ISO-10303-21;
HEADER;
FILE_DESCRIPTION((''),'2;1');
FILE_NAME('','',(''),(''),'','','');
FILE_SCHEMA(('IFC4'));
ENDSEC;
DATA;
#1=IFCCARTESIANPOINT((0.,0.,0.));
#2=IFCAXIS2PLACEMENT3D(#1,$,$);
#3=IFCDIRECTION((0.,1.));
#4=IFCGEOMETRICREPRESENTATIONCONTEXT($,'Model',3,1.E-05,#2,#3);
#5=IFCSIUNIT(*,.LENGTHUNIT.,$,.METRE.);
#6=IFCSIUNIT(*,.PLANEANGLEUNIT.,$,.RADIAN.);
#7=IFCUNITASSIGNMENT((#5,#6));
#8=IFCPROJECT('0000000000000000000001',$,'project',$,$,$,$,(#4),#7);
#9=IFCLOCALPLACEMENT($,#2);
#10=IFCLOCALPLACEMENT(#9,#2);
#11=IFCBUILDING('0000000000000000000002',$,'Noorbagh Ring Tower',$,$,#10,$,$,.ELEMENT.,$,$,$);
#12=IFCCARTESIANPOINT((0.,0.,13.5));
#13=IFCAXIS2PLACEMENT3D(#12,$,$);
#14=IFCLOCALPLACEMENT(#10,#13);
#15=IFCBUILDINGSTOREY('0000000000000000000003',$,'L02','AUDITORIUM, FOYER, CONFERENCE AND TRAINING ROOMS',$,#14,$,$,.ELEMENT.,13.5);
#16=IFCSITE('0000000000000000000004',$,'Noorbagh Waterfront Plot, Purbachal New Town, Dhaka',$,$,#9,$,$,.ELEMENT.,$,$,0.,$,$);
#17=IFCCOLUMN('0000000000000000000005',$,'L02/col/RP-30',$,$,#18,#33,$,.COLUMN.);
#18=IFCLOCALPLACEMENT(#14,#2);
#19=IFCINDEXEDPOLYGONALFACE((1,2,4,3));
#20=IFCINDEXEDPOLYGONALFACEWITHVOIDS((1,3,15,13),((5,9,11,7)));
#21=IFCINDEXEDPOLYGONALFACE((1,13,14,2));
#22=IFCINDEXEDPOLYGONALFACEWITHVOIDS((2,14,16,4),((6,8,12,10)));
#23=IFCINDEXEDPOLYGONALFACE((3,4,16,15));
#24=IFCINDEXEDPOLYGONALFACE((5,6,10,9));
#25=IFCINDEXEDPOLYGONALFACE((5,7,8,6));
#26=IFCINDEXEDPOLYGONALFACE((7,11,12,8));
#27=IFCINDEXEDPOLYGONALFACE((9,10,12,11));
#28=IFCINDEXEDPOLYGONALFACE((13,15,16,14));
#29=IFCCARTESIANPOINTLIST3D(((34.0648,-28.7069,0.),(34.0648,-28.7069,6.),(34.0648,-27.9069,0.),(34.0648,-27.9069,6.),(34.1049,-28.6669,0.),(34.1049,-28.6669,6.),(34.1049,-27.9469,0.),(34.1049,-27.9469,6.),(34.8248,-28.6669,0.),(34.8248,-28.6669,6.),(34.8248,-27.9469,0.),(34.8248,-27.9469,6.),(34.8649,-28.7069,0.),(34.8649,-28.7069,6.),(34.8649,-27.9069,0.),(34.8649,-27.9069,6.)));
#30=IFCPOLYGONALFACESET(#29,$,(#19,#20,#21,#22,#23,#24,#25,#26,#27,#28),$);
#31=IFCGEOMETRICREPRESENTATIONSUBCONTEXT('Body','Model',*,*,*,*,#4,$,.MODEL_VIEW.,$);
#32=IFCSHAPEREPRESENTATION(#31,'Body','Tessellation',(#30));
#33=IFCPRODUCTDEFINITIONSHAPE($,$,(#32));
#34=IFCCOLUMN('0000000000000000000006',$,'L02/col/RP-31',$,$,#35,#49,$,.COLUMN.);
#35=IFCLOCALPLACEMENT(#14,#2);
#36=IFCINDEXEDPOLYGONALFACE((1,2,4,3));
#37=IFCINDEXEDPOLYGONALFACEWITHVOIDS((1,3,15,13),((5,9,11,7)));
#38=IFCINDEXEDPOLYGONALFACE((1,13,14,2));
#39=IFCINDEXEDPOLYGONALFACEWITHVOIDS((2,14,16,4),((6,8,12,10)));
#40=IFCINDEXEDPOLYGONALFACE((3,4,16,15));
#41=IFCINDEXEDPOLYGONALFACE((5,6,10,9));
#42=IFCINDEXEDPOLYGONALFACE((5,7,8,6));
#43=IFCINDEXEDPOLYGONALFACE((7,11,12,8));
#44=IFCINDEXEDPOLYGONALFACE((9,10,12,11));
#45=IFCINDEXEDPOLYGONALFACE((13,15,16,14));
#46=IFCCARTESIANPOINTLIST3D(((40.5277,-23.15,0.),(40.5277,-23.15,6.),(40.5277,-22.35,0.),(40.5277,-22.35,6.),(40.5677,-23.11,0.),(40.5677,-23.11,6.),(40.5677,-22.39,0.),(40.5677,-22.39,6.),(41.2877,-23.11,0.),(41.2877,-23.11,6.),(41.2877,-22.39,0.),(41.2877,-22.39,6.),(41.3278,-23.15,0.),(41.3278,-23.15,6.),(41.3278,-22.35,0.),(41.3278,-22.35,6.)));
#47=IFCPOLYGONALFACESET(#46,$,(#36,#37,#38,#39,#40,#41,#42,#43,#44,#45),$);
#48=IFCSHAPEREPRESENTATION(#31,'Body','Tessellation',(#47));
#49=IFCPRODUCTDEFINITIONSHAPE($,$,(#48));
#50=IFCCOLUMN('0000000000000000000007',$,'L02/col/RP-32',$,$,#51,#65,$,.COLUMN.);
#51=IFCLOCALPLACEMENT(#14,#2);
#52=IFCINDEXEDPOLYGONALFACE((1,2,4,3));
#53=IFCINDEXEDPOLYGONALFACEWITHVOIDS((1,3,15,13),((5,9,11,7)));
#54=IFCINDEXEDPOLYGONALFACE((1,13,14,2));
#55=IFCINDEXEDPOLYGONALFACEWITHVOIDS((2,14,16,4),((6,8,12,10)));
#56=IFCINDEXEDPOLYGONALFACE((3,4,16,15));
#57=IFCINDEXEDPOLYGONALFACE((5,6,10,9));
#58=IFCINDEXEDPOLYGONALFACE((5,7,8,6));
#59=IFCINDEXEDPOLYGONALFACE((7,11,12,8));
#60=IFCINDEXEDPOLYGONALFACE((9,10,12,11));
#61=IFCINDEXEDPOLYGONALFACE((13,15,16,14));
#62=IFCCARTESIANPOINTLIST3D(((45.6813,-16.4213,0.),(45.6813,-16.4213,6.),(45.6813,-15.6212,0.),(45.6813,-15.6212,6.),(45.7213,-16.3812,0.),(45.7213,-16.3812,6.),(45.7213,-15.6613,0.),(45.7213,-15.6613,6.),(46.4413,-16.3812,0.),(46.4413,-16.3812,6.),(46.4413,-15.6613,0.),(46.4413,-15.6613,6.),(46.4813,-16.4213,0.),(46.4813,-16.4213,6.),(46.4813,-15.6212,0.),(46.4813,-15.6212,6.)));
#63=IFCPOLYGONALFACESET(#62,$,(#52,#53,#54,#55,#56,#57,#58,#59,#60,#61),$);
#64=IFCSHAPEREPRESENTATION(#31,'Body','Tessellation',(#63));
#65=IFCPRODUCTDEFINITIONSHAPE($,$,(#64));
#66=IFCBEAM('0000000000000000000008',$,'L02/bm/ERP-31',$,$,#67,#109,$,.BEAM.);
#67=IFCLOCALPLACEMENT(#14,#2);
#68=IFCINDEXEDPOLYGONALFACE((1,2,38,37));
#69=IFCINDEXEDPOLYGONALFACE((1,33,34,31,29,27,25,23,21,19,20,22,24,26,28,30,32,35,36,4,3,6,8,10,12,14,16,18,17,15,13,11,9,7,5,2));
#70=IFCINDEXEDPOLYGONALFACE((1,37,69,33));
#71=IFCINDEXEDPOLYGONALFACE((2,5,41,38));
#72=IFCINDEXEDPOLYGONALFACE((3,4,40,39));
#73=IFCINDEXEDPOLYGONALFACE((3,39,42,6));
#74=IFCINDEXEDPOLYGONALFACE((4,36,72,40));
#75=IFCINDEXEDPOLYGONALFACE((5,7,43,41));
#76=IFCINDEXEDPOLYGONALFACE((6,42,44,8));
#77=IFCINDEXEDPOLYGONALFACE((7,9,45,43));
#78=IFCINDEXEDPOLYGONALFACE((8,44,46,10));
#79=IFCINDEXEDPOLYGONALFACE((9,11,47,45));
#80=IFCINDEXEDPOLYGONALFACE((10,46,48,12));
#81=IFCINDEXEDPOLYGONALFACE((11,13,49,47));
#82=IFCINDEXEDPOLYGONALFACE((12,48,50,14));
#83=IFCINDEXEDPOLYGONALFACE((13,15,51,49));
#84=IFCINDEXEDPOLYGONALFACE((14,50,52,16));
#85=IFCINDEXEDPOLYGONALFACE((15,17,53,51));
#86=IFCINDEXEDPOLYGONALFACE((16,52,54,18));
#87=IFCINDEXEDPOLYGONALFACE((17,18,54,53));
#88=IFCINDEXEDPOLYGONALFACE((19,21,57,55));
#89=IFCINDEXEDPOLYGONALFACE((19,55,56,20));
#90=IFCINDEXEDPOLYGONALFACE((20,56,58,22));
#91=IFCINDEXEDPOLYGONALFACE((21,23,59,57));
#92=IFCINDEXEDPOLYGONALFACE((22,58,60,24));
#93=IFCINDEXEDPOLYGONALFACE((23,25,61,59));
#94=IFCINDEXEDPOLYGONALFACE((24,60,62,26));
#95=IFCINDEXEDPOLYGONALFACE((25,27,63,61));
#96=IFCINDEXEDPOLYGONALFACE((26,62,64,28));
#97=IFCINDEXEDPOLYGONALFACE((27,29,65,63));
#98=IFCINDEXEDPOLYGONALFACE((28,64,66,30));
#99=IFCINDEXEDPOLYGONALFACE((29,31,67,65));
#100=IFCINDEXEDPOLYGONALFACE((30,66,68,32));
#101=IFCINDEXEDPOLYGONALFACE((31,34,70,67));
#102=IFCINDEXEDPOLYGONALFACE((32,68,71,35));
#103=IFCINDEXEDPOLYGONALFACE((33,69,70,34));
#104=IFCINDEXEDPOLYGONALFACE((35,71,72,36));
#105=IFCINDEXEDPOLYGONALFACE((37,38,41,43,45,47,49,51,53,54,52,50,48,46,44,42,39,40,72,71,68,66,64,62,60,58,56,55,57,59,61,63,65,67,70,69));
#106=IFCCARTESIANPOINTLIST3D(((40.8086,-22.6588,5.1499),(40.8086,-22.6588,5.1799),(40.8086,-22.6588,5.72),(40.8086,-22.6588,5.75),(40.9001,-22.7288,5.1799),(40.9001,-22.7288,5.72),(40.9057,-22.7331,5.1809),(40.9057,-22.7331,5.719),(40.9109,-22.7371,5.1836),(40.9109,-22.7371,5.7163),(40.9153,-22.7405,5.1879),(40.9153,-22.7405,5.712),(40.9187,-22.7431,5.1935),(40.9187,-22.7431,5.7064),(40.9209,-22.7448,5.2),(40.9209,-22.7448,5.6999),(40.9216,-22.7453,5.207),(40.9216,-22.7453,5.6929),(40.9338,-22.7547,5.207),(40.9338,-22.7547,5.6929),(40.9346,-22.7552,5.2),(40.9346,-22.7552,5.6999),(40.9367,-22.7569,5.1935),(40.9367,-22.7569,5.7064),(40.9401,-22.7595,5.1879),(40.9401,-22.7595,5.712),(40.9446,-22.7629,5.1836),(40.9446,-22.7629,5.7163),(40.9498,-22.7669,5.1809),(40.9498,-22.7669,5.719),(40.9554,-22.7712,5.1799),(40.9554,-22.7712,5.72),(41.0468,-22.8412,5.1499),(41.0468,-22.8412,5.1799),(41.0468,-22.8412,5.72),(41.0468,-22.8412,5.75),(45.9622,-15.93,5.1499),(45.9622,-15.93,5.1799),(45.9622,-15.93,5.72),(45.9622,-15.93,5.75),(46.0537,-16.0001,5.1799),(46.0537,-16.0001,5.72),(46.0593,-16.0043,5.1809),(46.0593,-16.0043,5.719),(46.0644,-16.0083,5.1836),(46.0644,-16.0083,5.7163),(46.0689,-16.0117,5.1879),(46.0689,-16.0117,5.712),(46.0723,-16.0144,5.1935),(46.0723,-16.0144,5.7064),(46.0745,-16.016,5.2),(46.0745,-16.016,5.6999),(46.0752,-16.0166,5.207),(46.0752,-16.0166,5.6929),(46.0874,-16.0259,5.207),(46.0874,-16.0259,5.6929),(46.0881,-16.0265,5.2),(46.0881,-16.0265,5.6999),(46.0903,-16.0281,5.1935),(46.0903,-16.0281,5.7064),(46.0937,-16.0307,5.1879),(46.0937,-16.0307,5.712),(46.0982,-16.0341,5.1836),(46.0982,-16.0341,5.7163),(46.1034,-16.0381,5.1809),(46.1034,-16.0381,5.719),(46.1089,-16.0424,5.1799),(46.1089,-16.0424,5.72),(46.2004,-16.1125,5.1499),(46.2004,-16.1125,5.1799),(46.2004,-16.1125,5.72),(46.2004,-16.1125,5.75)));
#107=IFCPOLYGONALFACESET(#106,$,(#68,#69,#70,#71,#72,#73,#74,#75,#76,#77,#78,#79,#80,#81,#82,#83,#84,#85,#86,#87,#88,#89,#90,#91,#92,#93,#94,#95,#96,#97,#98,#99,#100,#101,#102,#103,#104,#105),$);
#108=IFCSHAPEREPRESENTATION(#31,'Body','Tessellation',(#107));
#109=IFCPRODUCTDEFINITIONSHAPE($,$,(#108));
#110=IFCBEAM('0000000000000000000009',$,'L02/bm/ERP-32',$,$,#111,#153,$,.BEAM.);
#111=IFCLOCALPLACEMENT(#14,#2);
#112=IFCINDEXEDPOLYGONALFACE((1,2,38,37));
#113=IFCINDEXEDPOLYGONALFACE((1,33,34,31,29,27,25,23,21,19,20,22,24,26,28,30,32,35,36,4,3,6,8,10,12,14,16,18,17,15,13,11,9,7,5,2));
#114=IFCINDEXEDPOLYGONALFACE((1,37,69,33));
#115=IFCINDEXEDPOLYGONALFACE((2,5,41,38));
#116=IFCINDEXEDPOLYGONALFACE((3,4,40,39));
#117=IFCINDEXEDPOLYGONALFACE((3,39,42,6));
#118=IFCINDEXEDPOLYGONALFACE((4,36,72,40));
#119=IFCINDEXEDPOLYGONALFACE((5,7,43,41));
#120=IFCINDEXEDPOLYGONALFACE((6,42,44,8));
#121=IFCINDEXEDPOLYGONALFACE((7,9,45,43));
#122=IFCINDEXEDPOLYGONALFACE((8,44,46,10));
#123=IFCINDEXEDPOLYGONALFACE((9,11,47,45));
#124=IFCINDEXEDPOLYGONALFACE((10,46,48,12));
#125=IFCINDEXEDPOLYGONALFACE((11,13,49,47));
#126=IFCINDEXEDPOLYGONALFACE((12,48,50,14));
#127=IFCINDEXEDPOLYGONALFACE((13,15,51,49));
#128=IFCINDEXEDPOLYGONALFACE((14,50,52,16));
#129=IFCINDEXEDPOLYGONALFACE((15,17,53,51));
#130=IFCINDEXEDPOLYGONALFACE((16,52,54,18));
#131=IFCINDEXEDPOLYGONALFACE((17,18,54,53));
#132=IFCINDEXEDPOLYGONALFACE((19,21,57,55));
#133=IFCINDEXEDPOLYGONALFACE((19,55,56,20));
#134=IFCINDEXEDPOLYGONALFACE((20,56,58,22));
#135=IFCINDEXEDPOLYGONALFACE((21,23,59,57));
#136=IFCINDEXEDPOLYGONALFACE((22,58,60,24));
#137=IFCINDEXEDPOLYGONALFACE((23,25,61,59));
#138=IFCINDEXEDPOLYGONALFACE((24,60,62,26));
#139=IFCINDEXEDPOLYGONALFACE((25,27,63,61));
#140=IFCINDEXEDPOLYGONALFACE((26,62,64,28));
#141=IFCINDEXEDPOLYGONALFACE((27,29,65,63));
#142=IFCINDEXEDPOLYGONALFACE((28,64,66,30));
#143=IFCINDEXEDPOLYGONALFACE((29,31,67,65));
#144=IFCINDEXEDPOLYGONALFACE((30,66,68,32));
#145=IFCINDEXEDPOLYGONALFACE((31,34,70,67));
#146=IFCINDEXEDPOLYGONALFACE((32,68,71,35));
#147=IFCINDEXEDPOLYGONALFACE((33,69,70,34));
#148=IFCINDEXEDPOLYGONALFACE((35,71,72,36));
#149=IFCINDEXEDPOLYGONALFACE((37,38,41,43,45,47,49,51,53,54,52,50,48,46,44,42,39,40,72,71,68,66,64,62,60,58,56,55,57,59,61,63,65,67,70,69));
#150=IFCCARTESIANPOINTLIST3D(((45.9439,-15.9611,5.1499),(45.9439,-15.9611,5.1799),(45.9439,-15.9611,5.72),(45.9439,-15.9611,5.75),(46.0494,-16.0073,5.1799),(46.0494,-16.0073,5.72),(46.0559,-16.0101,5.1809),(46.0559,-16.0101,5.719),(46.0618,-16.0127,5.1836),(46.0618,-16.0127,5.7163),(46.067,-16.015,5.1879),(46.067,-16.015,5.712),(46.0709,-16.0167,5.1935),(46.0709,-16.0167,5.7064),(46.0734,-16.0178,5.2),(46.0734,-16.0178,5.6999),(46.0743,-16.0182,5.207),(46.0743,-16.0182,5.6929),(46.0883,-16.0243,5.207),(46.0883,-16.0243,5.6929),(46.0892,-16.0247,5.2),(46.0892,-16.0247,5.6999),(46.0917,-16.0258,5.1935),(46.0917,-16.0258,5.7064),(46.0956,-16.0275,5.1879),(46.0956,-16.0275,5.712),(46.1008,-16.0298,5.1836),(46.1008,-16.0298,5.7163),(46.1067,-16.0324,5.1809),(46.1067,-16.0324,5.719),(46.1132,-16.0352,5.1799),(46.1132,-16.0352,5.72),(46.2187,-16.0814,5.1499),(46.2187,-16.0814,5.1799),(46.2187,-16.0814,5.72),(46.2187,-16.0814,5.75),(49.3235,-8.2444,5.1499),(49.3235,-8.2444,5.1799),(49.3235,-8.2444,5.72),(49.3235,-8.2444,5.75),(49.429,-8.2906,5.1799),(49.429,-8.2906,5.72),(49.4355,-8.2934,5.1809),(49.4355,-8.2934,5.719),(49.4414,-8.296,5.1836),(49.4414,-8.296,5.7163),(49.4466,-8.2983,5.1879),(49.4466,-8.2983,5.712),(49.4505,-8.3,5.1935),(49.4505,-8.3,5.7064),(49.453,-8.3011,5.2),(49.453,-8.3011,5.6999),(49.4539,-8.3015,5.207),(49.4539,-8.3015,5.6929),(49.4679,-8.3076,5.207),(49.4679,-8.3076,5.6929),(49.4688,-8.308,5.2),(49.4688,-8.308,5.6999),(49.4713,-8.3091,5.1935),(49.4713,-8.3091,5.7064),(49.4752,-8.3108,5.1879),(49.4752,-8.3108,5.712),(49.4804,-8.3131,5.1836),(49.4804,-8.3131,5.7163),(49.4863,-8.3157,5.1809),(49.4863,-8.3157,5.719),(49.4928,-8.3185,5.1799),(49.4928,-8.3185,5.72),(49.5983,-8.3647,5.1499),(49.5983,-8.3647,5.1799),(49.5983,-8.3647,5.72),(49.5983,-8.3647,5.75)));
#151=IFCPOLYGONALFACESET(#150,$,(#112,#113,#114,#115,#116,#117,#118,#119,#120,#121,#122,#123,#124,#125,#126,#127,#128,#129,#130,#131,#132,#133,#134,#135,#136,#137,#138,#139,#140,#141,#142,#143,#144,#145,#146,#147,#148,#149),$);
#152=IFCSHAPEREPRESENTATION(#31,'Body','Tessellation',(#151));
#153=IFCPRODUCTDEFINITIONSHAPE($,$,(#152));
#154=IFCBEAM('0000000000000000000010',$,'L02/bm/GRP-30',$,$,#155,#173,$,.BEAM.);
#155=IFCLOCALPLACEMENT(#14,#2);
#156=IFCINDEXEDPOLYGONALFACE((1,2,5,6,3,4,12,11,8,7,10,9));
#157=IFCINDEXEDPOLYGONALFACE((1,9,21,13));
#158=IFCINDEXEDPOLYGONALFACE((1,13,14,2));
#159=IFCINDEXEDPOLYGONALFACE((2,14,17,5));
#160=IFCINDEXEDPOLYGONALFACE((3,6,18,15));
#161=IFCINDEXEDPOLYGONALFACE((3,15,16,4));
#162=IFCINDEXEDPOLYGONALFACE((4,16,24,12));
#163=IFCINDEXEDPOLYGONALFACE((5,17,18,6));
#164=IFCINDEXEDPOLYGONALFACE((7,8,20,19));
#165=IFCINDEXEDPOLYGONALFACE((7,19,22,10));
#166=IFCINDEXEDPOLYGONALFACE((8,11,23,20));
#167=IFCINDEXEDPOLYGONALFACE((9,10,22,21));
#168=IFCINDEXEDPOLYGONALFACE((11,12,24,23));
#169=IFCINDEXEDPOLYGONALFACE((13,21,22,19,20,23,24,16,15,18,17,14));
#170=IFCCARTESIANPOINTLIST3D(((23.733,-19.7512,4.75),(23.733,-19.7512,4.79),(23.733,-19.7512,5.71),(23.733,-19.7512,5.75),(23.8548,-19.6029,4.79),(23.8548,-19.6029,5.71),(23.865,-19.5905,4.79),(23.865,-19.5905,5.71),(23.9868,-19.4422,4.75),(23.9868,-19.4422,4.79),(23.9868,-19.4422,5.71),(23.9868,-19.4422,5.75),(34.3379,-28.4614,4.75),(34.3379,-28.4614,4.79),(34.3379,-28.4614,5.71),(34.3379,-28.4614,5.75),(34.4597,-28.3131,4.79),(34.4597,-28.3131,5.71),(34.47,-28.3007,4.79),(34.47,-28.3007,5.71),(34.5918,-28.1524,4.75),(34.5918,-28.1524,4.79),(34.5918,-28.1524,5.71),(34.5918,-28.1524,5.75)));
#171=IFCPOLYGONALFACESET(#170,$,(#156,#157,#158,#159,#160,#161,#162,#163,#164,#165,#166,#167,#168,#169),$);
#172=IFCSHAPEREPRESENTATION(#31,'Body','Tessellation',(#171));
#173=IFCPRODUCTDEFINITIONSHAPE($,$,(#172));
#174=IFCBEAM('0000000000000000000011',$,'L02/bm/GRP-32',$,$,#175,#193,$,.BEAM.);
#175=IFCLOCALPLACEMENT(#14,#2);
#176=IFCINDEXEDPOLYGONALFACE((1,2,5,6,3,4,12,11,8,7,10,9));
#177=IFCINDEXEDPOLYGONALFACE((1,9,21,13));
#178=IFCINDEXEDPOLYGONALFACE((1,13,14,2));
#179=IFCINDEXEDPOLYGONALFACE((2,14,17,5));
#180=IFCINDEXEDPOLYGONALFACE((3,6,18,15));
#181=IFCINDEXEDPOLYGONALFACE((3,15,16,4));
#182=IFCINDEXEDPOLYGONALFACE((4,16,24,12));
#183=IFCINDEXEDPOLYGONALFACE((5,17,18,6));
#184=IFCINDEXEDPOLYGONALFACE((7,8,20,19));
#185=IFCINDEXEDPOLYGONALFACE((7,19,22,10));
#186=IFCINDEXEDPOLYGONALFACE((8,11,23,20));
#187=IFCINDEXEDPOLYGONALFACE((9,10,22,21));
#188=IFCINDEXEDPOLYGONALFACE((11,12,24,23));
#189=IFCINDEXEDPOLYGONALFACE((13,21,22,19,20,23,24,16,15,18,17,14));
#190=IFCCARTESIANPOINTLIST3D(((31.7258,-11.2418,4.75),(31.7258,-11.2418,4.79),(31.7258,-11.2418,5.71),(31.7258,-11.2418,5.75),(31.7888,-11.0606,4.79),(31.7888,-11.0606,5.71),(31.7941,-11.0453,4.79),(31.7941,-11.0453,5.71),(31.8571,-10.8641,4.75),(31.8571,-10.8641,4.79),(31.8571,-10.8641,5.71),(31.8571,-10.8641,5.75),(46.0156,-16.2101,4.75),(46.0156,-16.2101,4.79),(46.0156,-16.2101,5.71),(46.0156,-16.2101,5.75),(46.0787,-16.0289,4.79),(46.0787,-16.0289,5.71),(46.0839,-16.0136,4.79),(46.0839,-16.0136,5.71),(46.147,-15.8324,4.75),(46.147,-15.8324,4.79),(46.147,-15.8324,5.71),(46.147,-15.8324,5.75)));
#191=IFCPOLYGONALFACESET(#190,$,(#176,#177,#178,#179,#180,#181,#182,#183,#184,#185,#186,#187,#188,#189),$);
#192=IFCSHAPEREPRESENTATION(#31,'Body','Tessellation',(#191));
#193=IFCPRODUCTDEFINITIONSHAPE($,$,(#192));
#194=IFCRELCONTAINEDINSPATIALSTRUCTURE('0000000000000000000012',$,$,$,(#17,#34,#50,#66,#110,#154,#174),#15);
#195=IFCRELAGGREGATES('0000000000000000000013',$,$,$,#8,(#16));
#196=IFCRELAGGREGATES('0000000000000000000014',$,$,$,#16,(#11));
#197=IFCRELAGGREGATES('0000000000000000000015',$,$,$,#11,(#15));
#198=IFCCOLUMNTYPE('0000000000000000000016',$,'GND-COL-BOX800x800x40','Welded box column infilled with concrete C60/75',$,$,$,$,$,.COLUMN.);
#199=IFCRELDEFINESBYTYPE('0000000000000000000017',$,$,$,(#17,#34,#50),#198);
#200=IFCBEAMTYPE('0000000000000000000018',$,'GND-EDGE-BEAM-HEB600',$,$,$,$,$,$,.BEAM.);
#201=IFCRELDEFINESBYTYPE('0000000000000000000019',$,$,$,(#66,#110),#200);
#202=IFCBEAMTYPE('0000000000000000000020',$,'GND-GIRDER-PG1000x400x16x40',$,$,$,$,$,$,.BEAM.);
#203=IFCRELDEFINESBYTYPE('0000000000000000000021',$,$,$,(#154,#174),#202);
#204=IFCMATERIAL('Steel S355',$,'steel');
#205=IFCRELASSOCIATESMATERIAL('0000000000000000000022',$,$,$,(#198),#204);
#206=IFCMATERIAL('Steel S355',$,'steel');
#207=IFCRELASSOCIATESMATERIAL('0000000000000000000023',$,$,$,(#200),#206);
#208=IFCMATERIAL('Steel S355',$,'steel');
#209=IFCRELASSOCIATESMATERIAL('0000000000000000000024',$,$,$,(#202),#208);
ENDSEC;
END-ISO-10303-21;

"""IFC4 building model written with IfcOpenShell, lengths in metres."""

from ifc_helpers import new_model, si_unit, direction, frame, origin, origin_2d, place, context, subcontext, project, spatial, hollow_rectangle, i_section, extrude, material, material_profile, profile_set, type_object, element, save


model = new_model("IFC4")

# Units and contexts
model_context = context("Model", 3, precision=1e-05, world=origin(), true_north=direction((0.0, 1.0)))
body_context = subcontext(model_context, "Body", "Model", "MODEL_VIEW")
ifc_project = project(units=[si_unit("LENGTHUNIT", "METRE"), si_unit("PLANEANGLEUNIT", "RADIAN")], contexts=[model_context])

# Site, building, storey
site_placement = place(None, origin())
site = spatial("IfcSite", under=ifc_project, at=site_placement, Name="Noorbagh Waterfront Plot, Purbachal New Town, Dhaka", CompositionType="ELEMENT", RefElevation=0.0)
building_placement = place(site_placement, origin())
building = spatial("IfcBuilding", under=site, at=building_placement, Name="Noorbagh Ring Tower", CompositionType="ELEMENT")
storey_placement = place(building_placement, frame((0.0, 0.0, 13.5)))
storey = spatial("IfcBuildingStorey", under=building, at=storey_placement, Name="L02", Description="AUDITORIUM, FOYER, CONFERENCE AND TRAINING ROOMS", CompositionType="ELEMENT", Elevation=13.5)

# Columns
ifc_material_1 = material(Name="Steel S355", Category="steel")
ifc_material_profile_1 = material_profile(ifc_material_1, hollow_rectangle(XDim=0.8, YDim=0.8, WallThickness=0.04, at=origin_2d()), Name="BOX800x800x40")
ifc_profile_set_1 = profile_set([ifc_material_profile_1], Name="Steel S355")
column_type = type_object("IfcColumnType", Name="GND-COL-BOX800x800x40", Description="Welded box column infilled with concrete C60/75", PredefinedType="COLUMN", material=ifc_profile_set_1)
for number, where, z_axis, x_axis, name in (
    (1, (34.4648, -28.3069, 0.0), (0.0, 0.0, 1.0), (1.0, 0.0, 0.0), "L02/col/RP-30"),
    (2, (40.9277, -22.75, 0.0), (0.0, 0.0, 1.0), (1.0, 0.0, 0.0), "L02/col/RP-31"),
    (3, (46.0813, -16.0212, 0.0), (0.0, 0.0, 1.0), (1.0, 0.0, 0.0), "L02/col/RP-32"),
):
    element("IfcColumn", number, at=place(storey_placement, frame(where, z_axis=z_axis, x_axis=x_axis)), inside=storey, type_object=column_type, Name=name, PredefinedType="COLUMN", context=body_context, shape_type="SweptSolid", body=[
        extrude(hollow_rectangle(XDim=0.8, YDim=0.8, WallThickness=0.04, at=origin_2d()), origin(), (0.0, 0.0, 1.0), 6.0),
    ])

# Beams
ifc_material_2 = material(Name="Steel S355", Category="steel")
ifc_material_profile_2 = material_profile(ifc_material_2, i_section(OverallWidth=0.3, OverallDepth=0.6001, WebThickness=0.0154, FlangeThickness=0.03, FilletRadius=0.0271, at=origin_2d()), Name="HEB600")
ifc_profile_set_2 = profile_set([ifc_material_profile_2], Name="Steel S355")
beam_type_1 = type_object("IfcBeamType", Name="GND-EDGE-BEAM-HEB600", PredefinedType="BEAM", material=ifc_profile_set_2)
beam_1_placement = place(storey_placement, frame((40.9277, -22.75, 5.45), z_axis=(0.608049, 0.7939, 0.0), x_axis=(-0.7939, 0.608049, 0.0)))
element("IfcBeam", 4, at=beam_1_placement, inside=storey, type_object=beam_type_1, Name="L02/bm/ERP-31", PredefinedType="BEAM", context=body_context, shape_type="SweptSolid", body=[
    extrude(i_section(OverallWidth=0.3, OverallDepth=0.6001, WebThickness=0.0154, FlangeThickness=0.03, FilletRadius=0.0271, at=origin_2d()), origin(), (0.0, 0.0, 1.0), 8.4756),
])
beam_2_placement = place(storey_placement, frame((46.0813, -16.0212, 5.45), z_axis=(0.401172, 0.916003, 0.0), x_axis=(-0.916003, 0.401172, 0.0)))
element("IfcBeam", 5, at=beam_2_placement, inside=storey, type_object=beam_type_1, Name="L02/bm/ERP-32", PredefinedType="BEAM", context=body_context, shape_type="SweptSolid", body=[
    extrude(i_section(OverallWidth=0.3, OverallDepth=0.6001, WebThickness=0.0154, FlangeThickness=0.03, FilletRadius=0.0271, at=origin_2d()), origin(), (0.0, 0.0, 1.0), 8.4243),
])
ifc_material_3 = material(Name="Steel S355", Category="steel")
ifc_material_profile_3 = material_profile(ifc_material_3, i_section(OverallWidth=0.3999, OverallDepth=1.0, WebThickness=0.0161, FlangeThickness=0.04, at=origin_2d()), Name="PG1000x400x16x40")
ifc_profile_set_3 = profile_set([ifc_material_profile_3], Name="Steel S355")
beam_type_2 = type_object("IfcBeamType", Name="GND-GIRDER-PG1000x400x16x40", PredefinedType="BEAM", material=ifc_profile_set_3)
beam_3_placement = place(storey_placement, frame((34.4648, -28.3069, 5.25), z_axis=(-0.772763, 0.634695, 0.0), x_axis=(-0.634695, -0.772763, 0.0)))
element("IfcBeam", 6, at=beam_3_placement, inside=storey, type_object=beam_type_2, Name="L02/bm/GRP-30", PredefinedType="BEAM", context=body_context, shape_type="SweptSolid", body=[
    extrude(i_section(OverallWidth=0.3999, OverallDepth=1.0, WebThickness=0.0161, FlangeThickness=0.04, at=origin_2d()), origin(), (0.0, 0.0, 1.0), 13.7234),
])
beam_4_placement = place(storey_placement, frame((46.0813, -16.0212, 5.25), z_axis=(-0.94454, 0.328397, 0.0), x_axis=(-0.328397, -0.94454, 0.0)))
element("IfcBeam", 7, at=beam_4_placement, inside=storey, type_object=beam_type_2, Name="L02/bm/GRP-32", PredefinedType="BEAM", context=body_context, shape_type="SweptSolid", body=[
    extrude(i_section(OverallWidth=0.3999, OverallDepth=1.0, WebThickness=0.0161, FlangeThickness=0.04, at=origin_2d()), origin(), (0.0, 0.0, 1.0), 15.1289),
])

save(model, "model.ifc")
